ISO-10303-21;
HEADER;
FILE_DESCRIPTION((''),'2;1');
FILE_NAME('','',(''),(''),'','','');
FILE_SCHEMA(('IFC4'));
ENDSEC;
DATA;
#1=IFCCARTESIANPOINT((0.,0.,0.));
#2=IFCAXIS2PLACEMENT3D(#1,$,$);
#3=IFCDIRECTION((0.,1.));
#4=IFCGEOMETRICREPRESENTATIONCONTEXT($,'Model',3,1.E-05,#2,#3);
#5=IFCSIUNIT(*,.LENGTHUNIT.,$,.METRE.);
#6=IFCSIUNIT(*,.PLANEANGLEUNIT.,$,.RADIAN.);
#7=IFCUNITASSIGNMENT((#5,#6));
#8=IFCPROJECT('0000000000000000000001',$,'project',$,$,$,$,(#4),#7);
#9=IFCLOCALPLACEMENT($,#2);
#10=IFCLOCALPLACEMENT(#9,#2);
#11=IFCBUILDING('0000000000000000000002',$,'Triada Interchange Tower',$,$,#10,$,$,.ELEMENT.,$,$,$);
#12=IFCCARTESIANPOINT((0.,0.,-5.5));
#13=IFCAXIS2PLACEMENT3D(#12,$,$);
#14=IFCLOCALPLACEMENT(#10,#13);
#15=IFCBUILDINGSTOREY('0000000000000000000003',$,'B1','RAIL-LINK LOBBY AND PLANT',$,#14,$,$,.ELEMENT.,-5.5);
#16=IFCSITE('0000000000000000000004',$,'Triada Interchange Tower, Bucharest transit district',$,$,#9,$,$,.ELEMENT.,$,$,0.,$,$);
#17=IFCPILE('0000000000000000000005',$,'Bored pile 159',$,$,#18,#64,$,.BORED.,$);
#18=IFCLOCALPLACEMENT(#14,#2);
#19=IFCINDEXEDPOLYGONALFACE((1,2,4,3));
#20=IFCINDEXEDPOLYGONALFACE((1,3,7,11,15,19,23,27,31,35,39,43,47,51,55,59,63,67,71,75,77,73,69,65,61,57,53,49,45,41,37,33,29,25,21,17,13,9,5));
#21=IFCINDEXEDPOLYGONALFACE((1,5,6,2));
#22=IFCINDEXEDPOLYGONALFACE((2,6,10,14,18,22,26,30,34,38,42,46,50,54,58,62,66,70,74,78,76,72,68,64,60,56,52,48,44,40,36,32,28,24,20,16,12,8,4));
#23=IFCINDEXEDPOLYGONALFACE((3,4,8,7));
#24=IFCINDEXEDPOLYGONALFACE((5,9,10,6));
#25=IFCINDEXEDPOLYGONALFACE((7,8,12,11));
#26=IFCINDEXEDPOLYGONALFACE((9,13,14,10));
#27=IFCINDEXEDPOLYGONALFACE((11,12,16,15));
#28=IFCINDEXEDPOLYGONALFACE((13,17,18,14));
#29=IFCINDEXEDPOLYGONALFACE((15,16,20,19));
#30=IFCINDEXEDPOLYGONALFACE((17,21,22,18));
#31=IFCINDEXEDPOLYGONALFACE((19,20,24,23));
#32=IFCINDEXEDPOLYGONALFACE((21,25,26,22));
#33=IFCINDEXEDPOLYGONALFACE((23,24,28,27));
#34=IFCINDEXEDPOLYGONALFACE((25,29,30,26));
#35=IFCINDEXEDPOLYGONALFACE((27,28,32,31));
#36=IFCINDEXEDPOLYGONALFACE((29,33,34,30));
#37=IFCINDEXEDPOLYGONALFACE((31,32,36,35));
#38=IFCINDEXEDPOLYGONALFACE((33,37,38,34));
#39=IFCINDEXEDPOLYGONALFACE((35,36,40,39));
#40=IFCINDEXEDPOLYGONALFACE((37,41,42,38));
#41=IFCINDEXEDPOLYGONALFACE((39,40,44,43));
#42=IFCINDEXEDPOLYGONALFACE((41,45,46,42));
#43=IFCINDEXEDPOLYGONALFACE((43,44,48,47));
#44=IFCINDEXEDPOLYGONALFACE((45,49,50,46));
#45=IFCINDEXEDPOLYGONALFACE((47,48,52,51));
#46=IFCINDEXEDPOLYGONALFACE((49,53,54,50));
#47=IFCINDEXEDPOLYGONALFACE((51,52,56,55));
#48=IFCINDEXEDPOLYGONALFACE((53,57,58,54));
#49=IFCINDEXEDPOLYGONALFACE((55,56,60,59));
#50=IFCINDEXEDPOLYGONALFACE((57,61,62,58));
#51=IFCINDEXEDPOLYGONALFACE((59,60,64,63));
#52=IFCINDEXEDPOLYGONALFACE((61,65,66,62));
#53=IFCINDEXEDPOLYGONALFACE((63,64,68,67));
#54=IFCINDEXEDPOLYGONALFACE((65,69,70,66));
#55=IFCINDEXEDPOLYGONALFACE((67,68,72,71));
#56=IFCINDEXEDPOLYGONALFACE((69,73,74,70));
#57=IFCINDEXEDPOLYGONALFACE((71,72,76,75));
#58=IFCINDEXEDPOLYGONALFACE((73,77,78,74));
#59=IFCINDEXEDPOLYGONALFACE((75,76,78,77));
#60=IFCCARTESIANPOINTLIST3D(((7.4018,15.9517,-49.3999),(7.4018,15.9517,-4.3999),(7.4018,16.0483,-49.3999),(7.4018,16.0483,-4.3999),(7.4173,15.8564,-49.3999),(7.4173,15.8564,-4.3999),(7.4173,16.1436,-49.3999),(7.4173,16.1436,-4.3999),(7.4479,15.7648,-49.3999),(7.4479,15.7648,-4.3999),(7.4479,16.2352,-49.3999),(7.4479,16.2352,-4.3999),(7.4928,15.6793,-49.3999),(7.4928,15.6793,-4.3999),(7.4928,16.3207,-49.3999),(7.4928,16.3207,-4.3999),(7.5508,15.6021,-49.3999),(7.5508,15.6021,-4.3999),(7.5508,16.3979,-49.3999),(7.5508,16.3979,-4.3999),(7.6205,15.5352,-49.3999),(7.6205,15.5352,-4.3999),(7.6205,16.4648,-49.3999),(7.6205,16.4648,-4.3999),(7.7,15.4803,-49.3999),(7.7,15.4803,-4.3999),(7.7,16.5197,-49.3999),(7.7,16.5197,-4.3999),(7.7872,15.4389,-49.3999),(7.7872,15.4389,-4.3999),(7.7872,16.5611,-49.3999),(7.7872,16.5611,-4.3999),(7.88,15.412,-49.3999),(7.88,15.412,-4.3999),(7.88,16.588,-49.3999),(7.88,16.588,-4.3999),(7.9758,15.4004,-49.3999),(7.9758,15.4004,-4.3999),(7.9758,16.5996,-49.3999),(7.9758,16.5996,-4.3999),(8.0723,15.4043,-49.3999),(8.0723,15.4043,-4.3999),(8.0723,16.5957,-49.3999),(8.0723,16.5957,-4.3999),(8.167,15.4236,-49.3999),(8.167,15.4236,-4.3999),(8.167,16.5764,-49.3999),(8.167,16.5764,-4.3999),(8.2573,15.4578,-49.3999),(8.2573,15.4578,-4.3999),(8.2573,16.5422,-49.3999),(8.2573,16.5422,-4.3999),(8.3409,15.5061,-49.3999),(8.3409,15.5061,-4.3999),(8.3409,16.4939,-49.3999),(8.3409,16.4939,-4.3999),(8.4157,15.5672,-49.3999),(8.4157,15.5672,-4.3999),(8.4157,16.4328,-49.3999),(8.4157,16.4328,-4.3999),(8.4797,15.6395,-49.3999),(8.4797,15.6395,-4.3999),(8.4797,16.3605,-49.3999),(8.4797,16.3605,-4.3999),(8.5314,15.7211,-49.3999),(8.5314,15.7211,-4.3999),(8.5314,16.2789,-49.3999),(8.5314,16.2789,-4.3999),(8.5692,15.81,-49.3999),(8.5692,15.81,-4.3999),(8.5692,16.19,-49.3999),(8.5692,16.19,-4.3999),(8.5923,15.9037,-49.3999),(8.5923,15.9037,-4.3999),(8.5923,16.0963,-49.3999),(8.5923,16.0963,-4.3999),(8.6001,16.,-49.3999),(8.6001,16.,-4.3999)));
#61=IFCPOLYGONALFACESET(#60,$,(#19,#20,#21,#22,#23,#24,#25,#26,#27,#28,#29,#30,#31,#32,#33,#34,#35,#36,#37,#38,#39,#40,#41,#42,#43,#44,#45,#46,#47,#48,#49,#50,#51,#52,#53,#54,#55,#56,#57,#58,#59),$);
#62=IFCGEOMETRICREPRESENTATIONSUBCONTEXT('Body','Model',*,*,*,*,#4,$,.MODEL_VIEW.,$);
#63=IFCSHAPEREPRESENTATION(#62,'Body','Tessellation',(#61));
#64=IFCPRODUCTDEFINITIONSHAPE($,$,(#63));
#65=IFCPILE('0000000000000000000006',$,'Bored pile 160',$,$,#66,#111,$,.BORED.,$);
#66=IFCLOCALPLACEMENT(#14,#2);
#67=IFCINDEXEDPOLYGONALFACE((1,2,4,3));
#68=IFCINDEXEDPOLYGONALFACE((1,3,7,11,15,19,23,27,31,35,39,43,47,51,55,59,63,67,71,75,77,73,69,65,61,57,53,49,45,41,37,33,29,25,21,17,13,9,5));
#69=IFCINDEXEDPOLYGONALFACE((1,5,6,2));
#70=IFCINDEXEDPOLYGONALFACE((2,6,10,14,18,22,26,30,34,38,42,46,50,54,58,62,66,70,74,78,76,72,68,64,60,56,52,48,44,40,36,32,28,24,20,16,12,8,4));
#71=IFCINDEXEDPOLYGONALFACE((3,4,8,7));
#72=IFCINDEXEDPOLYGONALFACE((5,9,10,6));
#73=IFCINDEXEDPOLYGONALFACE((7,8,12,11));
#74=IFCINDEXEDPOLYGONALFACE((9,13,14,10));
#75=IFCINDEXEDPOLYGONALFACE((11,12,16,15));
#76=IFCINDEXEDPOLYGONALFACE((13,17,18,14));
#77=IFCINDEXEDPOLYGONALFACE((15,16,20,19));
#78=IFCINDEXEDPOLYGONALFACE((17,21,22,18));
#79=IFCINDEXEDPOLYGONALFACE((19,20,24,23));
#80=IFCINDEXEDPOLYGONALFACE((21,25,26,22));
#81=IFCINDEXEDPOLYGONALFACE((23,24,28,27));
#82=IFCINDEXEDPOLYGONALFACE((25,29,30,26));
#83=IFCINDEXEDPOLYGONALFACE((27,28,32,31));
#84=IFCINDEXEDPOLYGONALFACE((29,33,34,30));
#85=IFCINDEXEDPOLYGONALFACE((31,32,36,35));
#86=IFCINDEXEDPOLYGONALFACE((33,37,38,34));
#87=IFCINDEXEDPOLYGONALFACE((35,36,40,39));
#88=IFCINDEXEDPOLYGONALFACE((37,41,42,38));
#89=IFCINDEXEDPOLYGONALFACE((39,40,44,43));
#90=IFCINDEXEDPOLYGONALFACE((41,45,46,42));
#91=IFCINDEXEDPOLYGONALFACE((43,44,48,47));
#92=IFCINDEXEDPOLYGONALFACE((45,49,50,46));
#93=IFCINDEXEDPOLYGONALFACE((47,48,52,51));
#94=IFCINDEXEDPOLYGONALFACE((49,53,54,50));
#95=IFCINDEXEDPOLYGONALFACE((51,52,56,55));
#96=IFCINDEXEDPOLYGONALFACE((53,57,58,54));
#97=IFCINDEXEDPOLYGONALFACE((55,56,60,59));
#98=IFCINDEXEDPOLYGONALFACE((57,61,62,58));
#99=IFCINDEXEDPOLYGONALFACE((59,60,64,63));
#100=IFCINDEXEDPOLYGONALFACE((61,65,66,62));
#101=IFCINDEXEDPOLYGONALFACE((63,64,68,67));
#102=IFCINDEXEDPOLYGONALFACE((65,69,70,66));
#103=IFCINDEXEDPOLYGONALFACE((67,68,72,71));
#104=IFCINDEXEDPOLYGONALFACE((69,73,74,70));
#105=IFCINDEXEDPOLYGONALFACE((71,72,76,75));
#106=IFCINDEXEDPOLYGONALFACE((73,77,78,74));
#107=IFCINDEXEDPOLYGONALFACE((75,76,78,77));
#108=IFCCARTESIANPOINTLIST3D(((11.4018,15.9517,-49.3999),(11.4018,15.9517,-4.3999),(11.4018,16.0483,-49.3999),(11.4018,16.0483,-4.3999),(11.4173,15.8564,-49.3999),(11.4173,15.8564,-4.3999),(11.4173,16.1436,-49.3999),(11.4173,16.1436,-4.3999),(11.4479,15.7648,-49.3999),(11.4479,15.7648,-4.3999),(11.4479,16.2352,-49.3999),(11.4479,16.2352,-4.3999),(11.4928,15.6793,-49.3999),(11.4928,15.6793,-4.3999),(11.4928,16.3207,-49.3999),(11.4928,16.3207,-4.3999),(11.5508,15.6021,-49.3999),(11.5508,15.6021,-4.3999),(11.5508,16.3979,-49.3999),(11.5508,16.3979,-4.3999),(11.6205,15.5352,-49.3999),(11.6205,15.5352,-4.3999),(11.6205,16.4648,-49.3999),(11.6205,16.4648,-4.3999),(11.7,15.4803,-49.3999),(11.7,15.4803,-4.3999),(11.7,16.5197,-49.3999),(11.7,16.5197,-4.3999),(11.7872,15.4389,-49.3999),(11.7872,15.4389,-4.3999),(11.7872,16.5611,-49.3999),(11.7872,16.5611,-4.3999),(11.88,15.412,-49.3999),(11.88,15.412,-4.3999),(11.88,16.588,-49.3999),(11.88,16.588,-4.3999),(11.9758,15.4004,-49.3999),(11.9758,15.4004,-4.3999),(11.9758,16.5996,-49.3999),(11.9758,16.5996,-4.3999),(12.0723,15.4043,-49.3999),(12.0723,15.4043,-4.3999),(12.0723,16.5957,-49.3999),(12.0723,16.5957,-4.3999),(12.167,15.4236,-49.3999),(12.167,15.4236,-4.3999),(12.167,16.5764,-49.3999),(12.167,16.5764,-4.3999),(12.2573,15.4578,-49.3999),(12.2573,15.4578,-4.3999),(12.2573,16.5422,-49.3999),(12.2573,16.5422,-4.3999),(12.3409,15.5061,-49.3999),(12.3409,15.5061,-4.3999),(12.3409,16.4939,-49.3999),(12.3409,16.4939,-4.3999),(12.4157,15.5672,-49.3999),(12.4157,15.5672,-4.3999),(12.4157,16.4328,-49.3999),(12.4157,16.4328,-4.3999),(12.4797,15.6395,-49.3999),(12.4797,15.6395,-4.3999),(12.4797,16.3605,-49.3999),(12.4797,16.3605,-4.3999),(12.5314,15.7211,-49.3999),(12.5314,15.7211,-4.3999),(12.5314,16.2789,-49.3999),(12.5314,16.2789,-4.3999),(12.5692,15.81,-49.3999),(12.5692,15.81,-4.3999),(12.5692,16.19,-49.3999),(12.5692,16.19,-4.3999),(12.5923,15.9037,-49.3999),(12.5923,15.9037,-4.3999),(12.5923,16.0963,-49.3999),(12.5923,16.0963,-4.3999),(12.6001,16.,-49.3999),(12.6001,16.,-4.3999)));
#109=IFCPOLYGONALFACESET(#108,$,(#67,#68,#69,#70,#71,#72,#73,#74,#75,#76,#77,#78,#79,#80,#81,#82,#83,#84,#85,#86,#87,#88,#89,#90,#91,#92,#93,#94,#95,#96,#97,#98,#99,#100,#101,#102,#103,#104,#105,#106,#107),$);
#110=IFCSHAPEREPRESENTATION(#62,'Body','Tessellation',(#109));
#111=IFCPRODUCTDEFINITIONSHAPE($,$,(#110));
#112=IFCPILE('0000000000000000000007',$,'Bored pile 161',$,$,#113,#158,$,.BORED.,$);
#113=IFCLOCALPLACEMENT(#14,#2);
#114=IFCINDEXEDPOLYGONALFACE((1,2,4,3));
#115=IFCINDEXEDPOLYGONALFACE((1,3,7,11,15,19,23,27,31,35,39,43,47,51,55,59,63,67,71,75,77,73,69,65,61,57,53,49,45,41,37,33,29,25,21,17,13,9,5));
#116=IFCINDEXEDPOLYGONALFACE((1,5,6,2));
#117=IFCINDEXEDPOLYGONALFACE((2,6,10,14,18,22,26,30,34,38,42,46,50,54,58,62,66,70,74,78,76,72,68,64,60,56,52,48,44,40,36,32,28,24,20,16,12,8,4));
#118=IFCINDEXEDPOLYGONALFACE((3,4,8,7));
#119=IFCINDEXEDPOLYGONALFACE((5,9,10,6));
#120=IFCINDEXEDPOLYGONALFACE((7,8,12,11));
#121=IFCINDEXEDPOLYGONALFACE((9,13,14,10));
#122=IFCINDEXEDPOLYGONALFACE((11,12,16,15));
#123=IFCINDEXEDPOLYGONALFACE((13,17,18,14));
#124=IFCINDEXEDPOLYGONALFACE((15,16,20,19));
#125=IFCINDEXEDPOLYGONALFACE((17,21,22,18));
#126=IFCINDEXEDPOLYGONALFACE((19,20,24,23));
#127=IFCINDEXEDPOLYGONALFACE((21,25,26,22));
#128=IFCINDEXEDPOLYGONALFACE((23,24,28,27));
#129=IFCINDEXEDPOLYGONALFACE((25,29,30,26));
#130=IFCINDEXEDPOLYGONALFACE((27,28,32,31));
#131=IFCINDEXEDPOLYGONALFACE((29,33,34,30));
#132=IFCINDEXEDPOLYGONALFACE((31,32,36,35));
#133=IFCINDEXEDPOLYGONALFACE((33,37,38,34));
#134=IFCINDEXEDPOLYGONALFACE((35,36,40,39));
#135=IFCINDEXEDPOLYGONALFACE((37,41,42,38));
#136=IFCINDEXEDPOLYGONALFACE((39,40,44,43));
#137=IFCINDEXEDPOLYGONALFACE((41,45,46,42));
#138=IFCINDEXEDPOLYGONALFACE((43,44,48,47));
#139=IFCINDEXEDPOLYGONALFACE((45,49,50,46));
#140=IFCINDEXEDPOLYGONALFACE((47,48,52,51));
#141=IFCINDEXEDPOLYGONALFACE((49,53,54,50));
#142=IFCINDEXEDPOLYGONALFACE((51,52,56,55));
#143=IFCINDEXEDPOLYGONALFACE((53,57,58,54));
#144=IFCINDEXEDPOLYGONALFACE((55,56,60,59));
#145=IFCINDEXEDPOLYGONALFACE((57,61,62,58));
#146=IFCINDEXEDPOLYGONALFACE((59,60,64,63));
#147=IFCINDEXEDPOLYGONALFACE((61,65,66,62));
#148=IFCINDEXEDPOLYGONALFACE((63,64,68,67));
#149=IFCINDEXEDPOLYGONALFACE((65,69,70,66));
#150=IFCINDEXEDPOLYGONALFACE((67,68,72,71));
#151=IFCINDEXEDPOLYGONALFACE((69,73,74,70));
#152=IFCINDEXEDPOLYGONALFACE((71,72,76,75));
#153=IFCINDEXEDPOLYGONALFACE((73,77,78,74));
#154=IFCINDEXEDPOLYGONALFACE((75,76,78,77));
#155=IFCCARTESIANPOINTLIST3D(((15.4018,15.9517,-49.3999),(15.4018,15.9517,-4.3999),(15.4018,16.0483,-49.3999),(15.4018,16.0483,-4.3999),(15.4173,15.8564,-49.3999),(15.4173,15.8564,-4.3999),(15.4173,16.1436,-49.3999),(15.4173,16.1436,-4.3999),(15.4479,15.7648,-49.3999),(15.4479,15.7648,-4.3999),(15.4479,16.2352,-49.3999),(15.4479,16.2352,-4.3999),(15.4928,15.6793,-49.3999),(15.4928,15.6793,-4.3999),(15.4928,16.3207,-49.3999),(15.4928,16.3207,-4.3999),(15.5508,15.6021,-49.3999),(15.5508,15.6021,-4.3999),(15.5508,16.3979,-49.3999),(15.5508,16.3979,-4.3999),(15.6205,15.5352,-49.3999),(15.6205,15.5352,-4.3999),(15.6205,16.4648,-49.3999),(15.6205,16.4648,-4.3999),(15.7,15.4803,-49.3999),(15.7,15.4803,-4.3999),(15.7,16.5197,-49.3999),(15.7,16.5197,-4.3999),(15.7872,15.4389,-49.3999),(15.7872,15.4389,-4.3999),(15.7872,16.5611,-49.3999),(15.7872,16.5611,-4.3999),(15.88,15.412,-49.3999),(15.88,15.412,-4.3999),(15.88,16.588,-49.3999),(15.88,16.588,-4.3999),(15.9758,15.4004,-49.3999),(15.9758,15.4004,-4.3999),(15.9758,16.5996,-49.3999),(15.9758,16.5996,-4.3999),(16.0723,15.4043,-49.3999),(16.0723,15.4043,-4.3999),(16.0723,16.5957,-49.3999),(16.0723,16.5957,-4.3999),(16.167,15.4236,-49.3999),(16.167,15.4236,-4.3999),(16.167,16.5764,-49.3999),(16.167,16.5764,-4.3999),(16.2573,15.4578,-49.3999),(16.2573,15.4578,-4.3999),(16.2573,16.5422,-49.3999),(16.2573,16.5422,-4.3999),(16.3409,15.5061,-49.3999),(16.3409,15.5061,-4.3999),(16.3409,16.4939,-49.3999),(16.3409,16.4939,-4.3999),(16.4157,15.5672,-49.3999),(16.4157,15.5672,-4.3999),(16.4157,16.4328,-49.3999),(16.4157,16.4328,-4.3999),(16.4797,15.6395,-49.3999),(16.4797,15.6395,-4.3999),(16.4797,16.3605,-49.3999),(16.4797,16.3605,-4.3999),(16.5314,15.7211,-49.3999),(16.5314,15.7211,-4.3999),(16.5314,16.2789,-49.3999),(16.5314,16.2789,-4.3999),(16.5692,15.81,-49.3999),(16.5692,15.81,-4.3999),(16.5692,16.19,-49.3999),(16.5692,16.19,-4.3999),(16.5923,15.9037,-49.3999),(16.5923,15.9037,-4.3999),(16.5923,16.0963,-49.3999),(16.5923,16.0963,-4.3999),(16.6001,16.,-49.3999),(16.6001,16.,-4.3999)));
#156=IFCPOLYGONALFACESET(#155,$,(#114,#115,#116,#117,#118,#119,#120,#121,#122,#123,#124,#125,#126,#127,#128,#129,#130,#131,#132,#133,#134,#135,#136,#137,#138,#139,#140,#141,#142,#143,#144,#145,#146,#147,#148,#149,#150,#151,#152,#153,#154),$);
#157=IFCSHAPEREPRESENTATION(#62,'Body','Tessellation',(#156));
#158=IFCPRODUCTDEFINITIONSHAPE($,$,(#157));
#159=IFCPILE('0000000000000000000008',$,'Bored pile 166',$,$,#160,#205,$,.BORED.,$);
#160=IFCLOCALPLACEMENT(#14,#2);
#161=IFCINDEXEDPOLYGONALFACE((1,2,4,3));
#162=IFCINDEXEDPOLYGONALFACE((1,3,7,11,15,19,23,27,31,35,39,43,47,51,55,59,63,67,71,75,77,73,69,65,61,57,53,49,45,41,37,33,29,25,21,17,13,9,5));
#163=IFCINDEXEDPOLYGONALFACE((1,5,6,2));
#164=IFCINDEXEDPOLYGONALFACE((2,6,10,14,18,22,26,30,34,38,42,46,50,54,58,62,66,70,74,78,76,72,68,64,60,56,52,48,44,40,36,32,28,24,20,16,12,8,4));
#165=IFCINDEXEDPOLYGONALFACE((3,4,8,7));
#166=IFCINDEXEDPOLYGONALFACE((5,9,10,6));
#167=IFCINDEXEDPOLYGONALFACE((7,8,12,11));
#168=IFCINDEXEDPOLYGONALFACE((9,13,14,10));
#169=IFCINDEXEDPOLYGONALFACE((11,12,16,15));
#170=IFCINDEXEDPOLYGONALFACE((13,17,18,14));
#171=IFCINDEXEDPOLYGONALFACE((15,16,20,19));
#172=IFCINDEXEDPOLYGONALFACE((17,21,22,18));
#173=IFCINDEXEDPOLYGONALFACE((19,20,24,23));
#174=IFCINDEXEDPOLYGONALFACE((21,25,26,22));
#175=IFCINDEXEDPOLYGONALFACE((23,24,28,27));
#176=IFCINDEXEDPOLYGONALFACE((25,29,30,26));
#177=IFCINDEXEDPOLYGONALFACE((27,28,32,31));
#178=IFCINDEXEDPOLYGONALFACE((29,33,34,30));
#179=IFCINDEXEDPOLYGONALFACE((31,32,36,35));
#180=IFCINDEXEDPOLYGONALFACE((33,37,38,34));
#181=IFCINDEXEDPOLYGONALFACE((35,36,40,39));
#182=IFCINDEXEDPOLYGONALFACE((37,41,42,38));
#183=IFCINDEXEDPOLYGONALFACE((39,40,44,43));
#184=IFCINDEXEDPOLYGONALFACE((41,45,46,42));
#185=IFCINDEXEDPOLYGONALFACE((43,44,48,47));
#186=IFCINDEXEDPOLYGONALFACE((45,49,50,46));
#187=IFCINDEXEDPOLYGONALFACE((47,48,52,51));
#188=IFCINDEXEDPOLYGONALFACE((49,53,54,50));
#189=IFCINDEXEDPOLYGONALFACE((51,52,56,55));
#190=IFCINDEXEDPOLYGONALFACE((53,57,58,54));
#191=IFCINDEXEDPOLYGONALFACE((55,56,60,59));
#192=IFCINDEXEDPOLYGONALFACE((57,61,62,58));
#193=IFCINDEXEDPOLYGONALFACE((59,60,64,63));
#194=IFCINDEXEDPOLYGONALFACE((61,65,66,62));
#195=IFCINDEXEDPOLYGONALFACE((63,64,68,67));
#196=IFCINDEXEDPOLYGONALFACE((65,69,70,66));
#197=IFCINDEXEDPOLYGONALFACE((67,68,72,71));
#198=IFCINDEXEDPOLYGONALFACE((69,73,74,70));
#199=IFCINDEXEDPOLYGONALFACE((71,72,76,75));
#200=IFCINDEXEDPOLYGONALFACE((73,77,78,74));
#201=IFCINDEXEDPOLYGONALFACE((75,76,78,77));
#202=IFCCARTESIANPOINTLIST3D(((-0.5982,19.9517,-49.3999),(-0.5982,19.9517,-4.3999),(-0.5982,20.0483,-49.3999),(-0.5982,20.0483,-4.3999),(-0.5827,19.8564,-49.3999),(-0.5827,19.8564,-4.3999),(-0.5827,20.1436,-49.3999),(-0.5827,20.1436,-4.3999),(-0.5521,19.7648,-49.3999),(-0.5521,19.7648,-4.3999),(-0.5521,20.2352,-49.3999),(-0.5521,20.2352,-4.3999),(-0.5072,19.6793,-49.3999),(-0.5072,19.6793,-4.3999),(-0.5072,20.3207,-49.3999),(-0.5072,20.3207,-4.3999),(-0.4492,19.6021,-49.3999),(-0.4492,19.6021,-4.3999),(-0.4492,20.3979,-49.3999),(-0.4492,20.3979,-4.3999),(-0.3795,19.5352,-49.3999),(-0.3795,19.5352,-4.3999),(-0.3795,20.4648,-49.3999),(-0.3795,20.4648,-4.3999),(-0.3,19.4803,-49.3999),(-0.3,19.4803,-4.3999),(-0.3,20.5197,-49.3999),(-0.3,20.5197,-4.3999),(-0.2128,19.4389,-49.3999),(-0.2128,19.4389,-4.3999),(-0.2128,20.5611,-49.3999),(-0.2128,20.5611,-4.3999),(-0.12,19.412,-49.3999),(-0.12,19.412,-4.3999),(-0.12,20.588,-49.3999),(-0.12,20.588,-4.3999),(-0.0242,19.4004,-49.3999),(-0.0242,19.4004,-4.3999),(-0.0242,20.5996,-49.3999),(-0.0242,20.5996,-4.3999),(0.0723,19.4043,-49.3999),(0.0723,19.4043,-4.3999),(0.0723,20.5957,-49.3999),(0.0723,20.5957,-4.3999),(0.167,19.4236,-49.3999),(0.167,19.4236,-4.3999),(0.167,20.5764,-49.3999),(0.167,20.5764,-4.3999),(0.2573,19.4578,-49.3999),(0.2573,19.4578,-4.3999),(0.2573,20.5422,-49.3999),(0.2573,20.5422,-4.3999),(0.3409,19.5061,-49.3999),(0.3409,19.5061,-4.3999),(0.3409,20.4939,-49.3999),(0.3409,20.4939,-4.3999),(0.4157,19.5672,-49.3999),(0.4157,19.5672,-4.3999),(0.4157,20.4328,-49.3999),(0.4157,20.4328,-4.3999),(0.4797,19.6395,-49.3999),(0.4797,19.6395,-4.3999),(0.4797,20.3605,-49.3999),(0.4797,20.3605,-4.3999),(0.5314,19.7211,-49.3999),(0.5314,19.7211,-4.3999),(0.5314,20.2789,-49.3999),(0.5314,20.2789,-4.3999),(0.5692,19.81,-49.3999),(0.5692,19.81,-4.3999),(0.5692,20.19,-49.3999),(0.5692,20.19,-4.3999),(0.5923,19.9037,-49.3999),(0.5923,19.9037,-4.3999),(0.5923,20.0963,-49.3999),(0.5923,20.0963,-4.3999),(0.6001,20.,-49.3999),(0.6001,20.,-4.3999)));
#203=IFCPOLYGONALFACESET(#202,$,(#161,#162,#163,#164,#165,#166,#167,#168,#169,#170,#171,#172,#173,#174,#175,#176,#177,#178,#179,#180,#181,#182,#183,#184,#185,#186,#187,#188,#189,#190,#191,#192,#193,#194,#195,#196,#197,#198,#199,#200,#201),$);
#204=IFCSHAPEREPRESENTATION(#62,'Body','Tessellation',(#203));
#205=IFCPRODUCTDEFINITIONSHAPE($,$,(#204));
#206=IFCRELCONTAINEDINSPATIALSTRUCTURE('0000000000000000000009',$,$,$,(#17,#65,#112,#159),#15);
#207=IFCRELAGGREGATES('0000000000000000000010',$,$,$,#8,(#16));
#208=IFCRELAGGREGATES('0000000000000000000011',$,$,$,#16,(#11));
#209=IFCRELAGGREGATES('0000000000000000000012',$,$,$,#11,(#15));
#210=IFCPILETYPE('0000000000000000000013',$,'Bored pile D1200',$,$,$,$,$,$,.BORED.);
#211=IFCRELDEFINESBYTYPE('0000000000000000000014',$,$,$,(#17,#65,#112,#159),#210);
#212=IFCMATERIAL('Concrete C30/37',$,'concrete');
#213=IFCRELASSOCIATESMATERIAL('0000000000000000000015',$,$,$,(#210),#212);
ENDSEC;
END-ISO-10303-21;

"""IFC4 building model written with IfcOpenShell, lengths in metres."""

from ifc_helpers import new_model, si_unit, direction, frame, origin, origin_2d, place, context, subcontext, project, spatial, circle, extrude, material, material_profile, profile_set, type_object, element, save


model = new_model("IFC4")

# Units and contexts
model_context = context("Model", 3, precision=1e-05, world=origin(), true_north=direction((0.0, 1.0)))
body_context = subcontext(model_context, "Body", "Model", "MODEL_VIEW")
ifc_project = project(units=[si_unit("LENGTHUNIT", "METRE"), si_unit("PLANEANGLEUNIT", "RADIAN")], contexts=[model_context])

# Site, building, storey
site_placement = place(None, origin())
site = spatial("IfcSite", under=ifc_project, at=site_placement, Name="Triada Interchange Tower, Bucharest transit district", CompositionType="ELEMENT", RefElevation=0.0)
building_placement = place(site_placement, origin())
building = spatial("IfcBuilding", under=site, at=building_placement, Name="Triada Interchange Tower", CompositionType="ELEMENT")
storey_placement = place(building_placement, frame((0.0, 0.0, -5.5)))
storey = spatial("IfcBuildingStorey", under=building, at=storey_placement, Name="B1", Description="RAIL-LINK LOBBY AND PLANT", CompositionType="ELEMENT", Elevation=-5.5)

# Piles
ifc_material_1 = material(Name="Concrete C30/37", Category="concrete")
ifc_material_profile_1 = material_profile(ifc_material_1, circle(Radius=0.6001, at=origin_2d()), Name="RC D1200")
ifc_profile_set_1 = profile_set([ifc_material_profile_1], Name="Concrete C30/37")
pile_type = type_object("IfcPileType", Name="Bored pile D1200", PredefinedType="BORED", material=ifc_profile_set_1)
for number, where, z_axis, x_axis, name in (
    (1, (8.0, 16.0, -4.3999), (0.0, 0.0, -1.0), (1.0, 0.0, 0.0), "Bored pile 159"),
    (2, (12.0, 16.0, -4.3999), (0.0, 0.0, -1.0), (1.0, 0.0, 0.0), "Bored pile 160"),
    (3, (16.0, 16.0, -4.3999), (0.0, 0.0, -1.0), (1.0, 0.0, 0.0), "Bored pile 161"),
    (4, (0.0, 20.0, -4.3999), (0.0, 0.0, -1.0), (1.0, 0.0, 0.0), "Bored pile 166"),
):
    element("IfcPile", number, at=place(storey_placement, frame(where, z_axis=z_axis, x_axis=x_axis)), inside=storey, type_object=pile_type, Name=name, PredefinedType="BORED", context=body_context, shape_type="SweptSolid", body=[
        extrude(circle(Radius=0.6001, at=origin_2d()), origin(), (0.0, 0.0, 1.0), 45.0),
    ])

save(model, "model.ifc")
